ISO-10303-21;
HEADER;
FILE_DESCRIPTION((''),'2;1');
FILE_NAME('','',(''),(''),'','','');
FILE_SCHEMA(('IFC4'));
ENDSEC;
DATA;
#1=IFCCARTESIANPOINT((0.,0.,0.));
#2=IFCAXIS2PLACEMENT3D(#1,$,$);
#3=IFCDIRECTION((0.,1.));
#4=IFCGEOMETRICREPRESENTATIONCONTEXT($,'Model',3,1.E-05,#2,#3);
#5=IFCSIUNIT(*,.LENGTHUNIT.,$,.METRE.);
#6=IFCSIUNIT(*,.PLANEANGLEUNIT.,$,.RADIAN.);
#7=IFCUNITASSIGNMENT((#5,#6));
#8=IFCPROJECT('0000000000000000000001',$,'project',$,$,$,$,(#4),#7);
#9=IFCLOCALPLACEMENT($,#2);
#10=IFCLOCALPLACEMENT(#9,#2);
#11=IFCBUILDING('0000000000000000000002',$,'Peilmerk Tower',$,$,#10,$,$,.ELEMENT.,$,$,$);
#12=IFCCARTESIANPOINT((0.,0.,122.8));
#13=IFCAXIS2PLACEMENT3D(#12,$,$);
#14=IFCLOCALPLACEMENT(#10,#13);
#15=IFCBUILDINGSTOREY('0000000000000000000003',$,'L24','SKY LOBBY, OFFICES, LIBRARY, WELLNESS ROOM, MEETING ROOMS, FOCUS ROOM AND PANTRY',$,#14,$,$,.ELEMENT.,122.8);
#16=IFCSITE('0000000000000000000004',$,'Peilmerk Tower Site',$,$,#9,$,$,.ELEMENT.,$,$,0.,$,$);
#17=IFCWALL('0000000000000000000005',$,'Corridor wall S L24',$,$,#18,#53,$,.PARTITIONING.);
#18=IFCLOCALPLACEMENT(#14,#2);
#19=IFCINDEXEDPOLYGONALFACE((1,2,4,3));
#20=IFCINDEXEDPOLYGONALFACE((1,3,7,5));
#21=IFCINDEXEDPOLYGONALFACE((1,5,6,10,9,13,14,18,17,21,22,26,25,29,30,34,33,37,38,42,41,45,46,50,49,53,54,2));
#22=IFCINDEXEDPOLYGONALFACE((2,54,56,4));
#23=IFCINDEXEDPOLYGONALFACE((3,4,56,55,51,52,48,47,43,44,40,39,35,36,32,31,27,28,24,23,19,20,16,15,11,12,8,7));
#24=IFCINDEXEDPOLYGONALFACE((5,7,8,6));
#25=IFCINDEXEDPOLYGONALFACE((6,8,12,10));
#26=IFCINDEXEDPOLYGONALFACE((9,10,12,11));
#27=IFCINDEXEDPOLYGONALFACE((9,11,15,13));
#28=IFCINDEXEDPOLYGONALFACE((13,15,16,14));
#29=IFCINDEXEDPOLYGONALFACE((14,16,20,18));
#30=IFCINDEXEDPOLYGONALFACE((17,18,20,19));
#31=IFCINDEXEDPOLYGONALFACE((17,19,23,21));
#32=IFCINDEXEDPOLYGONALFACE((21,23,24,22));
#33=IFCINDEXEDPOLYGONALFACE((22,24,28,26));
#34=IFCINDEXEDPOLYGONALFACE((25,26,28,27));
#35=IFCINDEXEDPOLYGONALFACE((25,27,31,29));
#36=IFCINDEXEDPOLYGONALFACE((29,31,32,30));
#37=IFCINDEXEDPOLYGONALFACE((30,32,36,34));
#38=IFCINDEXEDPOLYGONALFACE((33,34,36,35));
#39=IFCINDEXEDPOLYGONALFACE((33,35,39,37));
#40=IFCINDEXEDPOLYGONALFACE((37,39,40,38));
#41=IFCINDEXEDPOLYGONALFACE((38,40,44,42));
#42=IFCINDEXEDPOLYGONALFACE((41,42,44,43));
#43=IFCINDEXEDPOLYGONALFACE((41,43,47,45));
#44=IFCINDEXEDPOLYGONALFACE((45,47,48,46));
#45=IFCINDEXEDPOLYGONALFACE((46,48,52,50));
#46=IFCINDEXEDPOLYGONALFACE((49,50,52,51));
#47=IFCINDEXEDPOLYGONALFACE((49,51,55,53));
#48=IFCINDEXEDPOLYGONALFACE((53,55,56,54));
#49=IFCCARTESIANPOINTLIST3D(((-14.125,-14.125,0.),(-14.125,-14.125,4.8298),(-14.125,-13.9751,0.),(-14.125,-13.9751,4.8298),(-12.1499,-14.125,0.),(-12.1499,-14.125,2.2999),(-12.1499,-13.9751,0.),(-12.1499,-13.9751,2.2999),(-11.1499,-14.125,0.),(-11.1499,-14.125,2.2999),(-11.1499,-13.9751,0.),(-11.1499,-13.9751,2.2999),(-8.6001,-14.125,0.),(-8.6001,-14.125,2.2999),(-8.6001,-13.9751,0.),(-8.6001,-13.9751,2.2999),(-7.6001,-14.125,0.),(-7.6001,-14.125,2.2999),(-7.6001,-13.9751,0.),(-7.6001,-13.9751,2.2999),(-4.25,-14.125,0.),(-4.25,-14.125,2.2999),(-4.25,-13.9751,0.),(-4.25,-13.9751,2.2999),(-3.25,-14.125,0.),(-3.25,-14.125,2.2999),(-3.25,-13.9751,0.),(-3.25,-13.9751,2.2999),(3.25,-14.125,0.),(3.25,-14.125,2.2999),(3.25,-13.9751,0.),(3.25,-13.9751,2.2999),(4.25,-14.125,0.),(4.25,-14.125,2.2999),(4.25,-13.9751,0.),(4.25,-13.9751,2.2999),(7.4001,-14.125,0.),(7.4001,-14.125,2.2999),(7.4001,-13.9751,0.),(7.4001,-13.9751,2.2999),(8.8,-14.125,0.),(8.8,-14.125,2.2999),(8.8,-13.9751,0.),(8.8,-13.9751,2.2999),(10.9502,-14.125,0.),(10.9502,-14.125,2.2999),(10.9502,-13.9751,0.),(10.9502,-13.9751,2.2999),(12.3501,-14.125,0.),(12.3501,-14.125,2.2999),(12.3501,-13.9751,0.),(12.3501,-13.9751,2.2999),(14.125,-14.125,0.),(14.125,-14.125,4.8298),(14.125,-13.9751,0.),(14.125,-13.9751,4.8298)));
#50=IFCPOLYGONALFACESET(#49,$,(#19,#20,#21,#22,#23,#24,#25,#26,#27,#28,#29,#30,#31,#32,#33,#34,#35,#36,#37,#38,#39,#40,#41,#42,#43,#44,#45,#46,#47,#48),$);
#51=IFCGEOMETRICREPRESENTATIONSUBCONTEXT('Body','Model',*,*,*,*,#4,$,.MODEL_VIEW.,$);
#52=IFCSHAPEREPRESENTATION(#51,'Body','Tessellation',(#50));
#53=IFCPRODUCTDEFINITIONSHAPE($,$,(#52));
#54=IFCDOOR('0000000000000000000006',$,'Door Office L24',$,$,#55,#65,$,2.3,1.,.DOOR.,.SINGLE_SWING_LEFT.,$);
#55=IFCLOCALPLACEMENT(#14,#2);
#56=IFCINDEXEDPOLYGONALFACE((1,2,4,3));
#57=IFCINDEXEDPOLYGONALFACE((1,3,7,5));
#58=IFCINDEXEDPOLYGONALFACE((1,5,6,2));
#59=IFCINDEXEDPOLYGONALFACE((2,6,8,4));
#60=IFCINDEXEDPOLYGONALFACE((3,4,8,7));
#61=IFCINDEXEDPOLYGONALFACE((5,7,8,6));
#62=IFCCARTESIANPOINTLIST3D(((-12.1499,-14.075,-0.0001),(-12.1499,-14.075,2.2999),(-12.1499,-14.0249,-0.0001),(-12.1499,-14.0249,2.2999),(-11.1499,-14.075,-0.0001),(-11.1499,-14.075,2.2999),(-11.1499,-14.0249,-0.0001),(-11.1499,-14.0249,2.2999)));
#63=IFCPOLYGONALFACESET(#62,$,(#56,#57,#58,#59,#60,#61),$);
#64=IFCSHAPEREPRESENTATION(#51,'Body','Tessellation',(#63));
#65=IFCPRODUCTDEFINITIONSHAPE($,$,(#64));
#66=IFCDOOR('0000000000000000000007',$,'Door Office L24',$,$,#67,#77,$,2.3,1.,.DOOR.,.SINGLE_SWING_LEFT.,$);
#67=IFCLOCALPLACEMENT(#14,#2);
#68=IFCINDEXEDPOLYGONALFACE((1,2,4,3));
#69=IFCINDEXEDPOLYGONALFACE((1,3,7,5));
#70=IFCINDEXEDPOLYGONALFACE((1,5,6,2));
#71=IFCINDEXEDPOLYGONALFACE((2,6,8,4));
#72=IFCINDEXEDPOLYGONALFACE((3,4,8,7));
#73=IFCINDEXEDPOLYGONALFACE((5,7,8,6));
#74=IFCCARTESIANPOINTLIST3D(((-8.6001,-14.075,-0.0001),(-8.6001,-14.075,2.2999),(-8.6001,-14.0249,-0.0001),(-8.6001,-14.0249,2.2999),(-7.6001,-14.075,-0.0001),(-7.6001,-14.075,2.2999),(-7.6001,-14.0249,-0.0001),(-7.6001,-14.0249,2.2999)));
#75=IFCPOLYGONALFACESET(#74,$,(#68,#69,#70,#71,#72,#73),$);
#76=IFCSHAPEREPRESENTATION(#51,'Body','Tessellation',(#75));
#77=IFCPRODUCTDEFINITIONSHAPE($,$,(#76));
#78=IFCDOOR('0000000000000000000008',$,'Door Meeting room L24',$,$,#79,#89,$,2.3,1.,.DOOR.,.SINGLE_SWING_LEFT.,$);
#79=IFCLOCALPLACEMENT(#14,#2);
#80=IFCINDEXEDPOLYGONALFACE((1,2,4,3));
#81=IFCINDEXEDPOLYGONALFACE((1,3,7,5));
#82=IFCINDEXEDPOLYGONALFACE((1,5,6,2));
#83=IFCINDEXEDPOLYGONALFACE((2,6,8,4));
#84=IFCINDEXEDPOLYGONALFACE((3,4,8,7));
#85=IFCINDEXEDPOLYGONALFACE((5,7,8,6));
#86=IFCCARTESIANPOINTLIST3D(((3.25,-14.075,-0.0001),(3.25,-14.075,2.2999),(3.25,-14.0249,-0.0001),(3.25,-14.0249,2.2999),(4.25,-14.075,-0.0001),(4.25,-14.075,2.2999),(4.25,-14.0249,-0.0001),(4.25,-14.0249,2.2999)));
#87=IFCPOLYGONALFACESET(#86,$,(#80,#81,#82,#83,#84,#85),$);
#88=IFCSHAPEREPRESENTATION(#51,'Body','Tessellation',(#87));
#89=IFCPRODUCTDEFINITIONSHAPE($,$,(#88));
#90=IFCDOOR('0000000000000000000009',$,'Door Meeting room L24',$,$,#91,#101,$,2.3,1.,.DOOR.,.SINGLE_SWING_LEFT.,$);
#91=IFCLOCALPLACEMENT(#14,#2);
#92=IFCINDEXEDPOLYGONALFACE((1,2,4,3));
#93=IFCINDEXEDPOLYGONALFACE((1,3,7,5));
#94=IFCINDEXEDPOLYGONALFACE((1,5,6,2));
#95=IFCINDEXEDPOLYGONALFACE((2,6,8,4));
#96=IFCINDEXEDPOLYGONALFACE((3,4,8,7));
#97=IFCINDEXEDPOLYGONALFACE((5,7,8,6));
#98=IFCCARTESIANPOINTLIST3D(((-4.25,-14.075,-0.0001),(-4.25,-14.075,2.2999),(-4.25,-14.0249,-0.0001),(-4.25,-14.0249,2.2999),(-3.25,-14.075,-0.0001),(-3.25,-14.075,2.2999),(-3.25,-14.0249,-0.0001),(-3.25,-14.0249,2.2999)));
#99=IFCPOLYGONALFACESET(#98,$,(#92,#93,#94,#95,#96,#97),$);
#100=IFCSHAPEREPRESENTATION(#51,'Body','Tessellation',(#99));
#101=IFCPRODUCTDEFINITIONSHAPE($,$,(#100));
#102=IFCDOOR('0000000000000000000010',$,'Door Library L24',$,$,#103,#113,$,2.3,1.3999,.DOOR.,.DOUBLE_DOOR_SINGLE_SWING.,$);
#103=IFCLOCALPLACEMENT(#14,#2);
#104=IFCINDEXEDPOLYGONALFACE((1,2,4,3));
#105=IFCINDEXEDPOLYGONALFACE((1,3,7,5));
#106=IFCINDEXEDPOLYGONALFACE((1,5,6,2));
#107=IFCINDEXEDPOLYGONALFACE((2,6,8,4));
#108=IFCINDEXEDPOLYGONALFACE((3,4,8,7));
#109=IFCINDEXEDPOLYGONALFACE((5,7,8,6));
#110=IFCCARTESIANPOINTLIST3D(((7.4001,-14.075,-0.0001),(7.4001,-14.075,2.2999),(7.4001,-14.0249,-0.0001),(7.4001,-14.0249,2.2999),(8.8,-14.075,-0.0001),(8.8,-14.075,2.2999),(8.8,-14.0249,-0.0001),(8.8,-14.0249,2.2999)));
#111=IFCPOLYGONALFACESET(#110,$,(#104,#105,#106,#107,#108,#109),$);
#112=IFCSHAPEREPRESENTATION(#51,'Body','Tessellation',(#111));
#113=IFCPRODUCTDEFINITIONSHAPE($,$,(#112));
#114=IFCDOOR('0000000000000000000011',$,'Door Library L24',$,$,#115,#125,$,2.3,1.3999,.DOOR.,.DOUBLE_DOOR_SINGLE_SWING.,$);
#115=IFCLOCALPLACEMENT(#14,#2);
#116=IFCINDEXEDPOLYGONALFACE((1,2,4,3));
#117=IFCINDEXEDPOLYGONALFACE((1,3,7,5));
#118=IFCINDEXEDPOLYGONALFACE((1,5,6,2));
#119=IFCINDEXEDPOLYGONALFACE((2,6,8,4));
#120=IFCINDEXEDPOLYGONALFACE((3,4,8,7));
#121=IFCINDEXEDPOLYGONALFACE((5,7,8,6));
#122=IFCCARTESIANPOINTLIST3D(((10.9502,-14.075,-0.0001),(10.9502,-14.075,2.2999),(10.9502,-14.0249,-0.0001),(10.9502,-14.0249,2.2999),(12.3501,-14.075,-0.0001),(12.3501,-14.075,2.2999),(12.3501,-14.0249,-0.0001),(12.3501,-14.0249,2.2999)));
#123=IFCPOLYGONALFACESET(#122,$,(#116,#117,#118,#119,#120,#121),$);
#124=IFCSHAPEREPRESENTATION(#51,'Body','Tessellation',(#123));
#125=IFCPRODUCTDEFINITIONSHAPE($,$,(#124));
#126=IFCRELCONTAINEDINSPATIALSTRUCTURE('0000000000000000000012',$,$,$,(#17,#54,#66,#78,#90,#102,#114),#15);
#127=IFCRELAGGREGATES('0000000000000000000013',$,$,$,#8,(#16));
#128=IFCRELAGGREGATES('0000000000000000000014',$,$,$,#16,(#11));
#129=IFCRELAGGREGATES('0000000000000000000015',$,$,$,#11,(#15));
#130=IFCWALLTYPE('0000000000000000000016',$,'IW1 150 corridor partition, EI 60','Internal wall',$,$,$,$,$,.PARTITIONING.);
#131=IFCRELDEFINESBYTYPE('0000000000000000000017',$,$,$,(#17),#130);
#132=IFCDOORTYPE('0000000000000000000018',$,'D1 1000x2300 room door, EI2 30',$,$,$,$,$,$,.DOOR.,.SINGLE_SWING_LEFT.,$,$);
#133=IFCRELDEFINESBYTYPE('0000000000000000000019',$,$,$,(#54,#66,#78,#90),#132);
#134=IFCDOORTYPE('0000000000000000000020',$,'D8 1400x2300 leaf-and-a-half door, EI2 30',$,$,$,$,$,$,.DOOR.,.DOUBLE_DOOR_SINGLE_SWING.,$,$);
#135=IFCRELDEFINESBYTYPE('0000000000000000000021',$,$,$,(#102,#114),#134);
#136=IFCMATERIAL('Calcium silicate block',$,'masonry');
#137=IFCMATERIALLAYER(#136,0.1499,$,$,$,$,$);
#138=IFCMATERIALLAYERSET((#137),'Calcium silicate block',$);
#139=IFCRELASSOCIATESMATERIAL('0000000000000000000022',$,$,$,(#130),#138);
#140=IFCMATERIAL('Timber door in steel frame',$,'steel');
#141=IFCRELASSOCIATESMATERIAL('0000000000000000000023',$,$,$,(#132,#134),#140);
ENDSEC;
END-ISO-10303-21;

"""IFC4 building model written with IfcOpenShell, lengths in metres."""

from ifc_helpers import new_model, si_unit, direction, frame, frame_2d, origin, place, context, subcontext, project, spatial, rectangle, extrude, material, layer, layer_set, type_object, element, fill, save


model = new_model("IFC4")

# Units and contexts
model_context = context("Model", 3, precision=1e-05, world=origin(), true_north=direction((0.0, 1.0)))
body_context = subcontext(model_context, "Body", "Model", "MODEL_VIEW")
ifc_project = project(units=[si_unit("LENGTHUNIT", "METRE"), si_unit("PLANEANGLEUNIT", "RADIAN")], contexts=[model_context])

# Site, building, storey
site_placement = place(None, origin())
site = spatial("IfcSite", under=ifc_project, at=site_placement, Name="Peilmerk Tower Site", CompositionType="ELEMENT", RefElevation=0.0)
building_placement = place(site_placement, origin())
building = spatial("IfcBuilding", under=site, at=building_placement, Name="Peilmerk Tower", CompositionType="ELEMENT")
storey_placement = place(building_placement, frame((0.0, 0.0, 122.8)))
storey = spatial("IfcBuildingStorey", under=building, at=storey_placement, Name="L24", Description="SKY LOBBY, OFFICES, LIBRARY, WELLNESS ROOM, MEETING ROOMS, FOCUS ROOM AND PANTRY", CompositionType="ELEMENT", Elevation=122.8)

# Wall, openings, doors
ifc_material_1 = material(Name="Calcium silicate block", Category="masonry")
ifc_layer_1 = layer(ifc_material_1, 0.1499)
ifc_layer_set_1 = layer_set([ifc_layer_1], Name="Calcium silicate block")
wall_type_1 = type_object("IfcWallType", Name="IW1 150 corridor partition, EI 60", Description="Internal wall", PredefinedType="PARTITIONING", material=ifc_layer_set_1)
wall_1_placement = place(storey_placement, frame((14.125, -14.05, 0.0), z_axis=(0.0, 0.0, 1.0), x_axis=(-1.0, 0.0, 0.0)))
wall_1 = element("IfcWall", 1, at=wall_1_placement, inside=storey, type_object=wall_type_1, Name="Corridor wall S L24", PredefinedType="PARTITIONING", context=body_context, shape_type="SweptSolid", body=[
    extrude(rectangle(XDim=28.25, YDim=0.1499, at=frame_2d((14.125, 0.0))), origin(), (0.0, 0.0, 1.0), 4.8298),
])
opening_1_placement = place(wall_1_placement, frame((25.2749, 0.0, 0.0)))
opening_1 = element("IfcOpeningElement", 2, at=opening_1_placement, cuts=wall_1, PredefinedType="OPENING", context=body_context, shape_type="SweptSolid", body=[
    extrude(rectangle(XDim=1.0, YDim=2.3, at=frame_2d((0.5, 1.1499))), frame((0.0, 0.085, 0.0), z_axis=(0.0, -1.0, 0.0), x_axis=(1.0, 0.0, 0.0)), (0.0, 0.0, 1.0), 0.1699),
])
opening_2_placement = place(wall_1_placement, frame((21.7251, 0.0, 0.0)))
opening_2 = element("IfcOpeningElement", 3, at=opening_2_placement, cuts=wall_1, PredefinedType="OPENING", context=body_context, shape_type="SweptSolid", body=[
    extrude(rectangle(XDim=1.0, YDim=2.3, at=frame_2d((0.5, 1.1499))), frame((0.0, 0.085, 0.0), z_axis=(0.0, -1.0, 0.0), x_axis=(1.0, 0.0, 0.0)), (0.0, 0.0, 1.0), 0.1699),
])
opening_3_placement = place(wall_1_placement, frame((5.325, 0.0, 0.0)))
opening_3 = element("IfcOpeningElement", 4, at=opening_3_placement, cuts=wall_1, PredefinedType="OPENING", context=body_context, shape_type="SweptSolid", body=[
    extrude(rectangle(XDim=1.3999, YDim=2.3, at=frame_2d((0.7, 1.1499))), frame((0.0, 0.085, 0.0), z_axis=(0.0, -1.0, 0.0), x_axis=(1.0, 0.0, 0.0)), (0.0, 0.0, 1.0), 0.1699),
])
opening_4_placement = place(wall_1_placement, frame((1.7749, 0.0, 0.0)))
opening_4 = element("IfcOpeningElement", 5, at=opening_4_placement, cuts=wall_1, PredefinedType="OPENING", context=body_context, shape_type="SweptSolid", body=[
    extrude(rectangle(XDim=1.3999, YDim=2.3, at=frame_2d((0.7, 1.1499))), frame((0.0, 0.085, 0.0), z_axis=(0.0, -1.0, 0.0), x_axis=(1.0, 0.0, 0.0)), (0.0, 0.0, 1.0), 0.1699),
])
opening_5_placement = place(wall_1_placement, frame((9.875, 0.0, 0.0)))
opening_5 = element("IfcOpeningElement", 6, at=opening_5_placement, cuts=wall_1, PredefinedType="OPENING", context=body_context, shape_type="SweptSolid", body=[
    extrude(rectangle(XDim=1.0, YDim=2.3, at=frame_2d((0.5, 1.1499))), frame((0.0, 0.085, 0.0), z_axis=(0.0, -1.0, 0.0), x_axis=(1.0, 0.0, 0.0)), (0.0, 0.0, 1.0), 0.1699),
])
opening_6_placement = place(wall_1_placement, frame((17.375, 0.0, 0.0)))
opening_6 = element("IfcOpeningElement", 7, at=opening_6_placement, cuts=wall_1, PredefinedType="OPENING", context=body_context, shape_type="SweptSolid", body=[
    extrude(rectangle(XDim=1.0, YDim=2.3, at=frame_2d((0.5, 1.1499))), frame((0.0, 0.085, 0.0), z_axis=(0.0, -1.0, 0.0), x_axis=(1.0, 0.0, 0.0)), (0.0, 0.0, 1.0), 0.1699),
])
ifc_material_2 = material(Name="Timber door in steel frame", Category="steel")
door_type_1 = type_object("IfcDoorType", Name="D1 1000x2300 room door, EI2 30", OperationType="SINGLE_SWING_LEFT", PredefinedType="DOOR", material=ifc_material_2)
door_1_placement = place(opening_1_placement, origin())
door_1 = element("IfcDoor", 8, at=door_1_placement, inside=storey, type_object=door_type_1, Name="Door Office L24", OperationType="SINGLE_SWING_LEFT", OverallHeight=2.3, OverallWidth=1.0, PredefinedType="DOOR", context=body_context, shape_type="SweptSolid", body=[
    extrude(rectangle(XDim=1.0, YDim=2.3, at=frame_2d((0.5, 1.1499))), frame((0.0, 0.0249, 0.0), z_axis=(0.0, -1.0, 0.0), x_axis=(1.0, 0.0, 0.0)), (0.0, 0.0, 1.0), 0.05),
])
fill(opening_1, door_1)
door_2_placement = place(opening_2_placement, origin())
door_2 = element("IfcDoor", 9, at=door_2_placement, inside=storey, type_object=door_type_1, Name="Door Office L24", OperationType="SINGLE_SWING_LEFT", OverallHeight=2.3, OverallWidth=1.0, PredefinedType="DOOR", context=body_context, shape_type="SweptSolid", body=[
    extrude(rectangle(XDim=1.0, YDim=2.3, at=frame_2d((0.5, 1.1499))), frame((0.0, 0.0249, 0.0), z_axis=(0.0, -1.0, 0.0), x_axis=(1.0, 0.0, 0.0)), (0.0, 0.0, 1.0), 0.05),
])
fill(opening_2, door_2)
door_3_placement = place(opening_5_placement, origin())
door_3 = element("IfcDoor", 10, at=door_3_placement, inside=storey, type_object=door_type_1, Name="Door Meeting room L24", OperationType="SINGLE_SWING_LEFT", OverallHeight=2.3, OverallWidth=1.0, PredefinedType="DOOR", context=body_context, shape_type="SweptSolid", body=[
    extrude(rectangle(XDim=1.0, YDim=2.3, at=frame_2d((0.5, 1.1499))), frame((0.0, 0.0249, 0.0), z_axis=(0.0, -1.0, 0.0), x_axis=(1.0, 0.0, 0.0)), (0.0, 0.0, 1.0), 0.05),
])
fill(opening_5, door_3)
door_4_placement = place(opening_6_placement, origin())
door_4 = element("IfcDoor", 11, at=door_4_placement, inside=storey, type_object=door_type_1, Name="Door Meeting room L24", OperationType="SINGLE_SWING_LEFT", OverallHeight=2.3, OverallWidth=1.0, PredefinedType="DOOR", context=body_context, shape_type="SweptSolid", body=[
    extrude(rectangle(XDim=1.0, YDim=2.3, at=frame_2d((0.5, 1.1499))), frame((0.0, 0.0249, 0.0), z_axis=(0.0, -1.0, 0.0), x_axis=(1.0, 0.0, 0.0)), (0.0, 0.0, 1.0), 0.05),
])
fill(opening_6, door_4)
door_type_2 = type_object("IfcDoorType", Name="D8 1400x2300 leaf-and-a-half door, EI2 30", OperationType="DOUBLE_DOOR_SINGLE_SWING", PredefinedType="DOOR", material=ifc_material_2)
door_5_placement = place(opening_3_placement, origin())
door_5 = element("IfcDoor", 12, at=door_5_placement, inside=storey, type_object=door_type_2, Name="Door Library L24", OperationType="DOUBLE_DOOR_SINGLE_SWING", OverallHeight=2.3, OverallWidth=1.3999, PredefinedType="DOOR", context=body_context, shape_type="SweptSolid", body=[
    extrude(rectangle(XDim=1.3999, YDim=2.3, at=frame_2d((0.7, 1.1499))), frame((0.0, 0.0249, 0.0), z_axis=(0.0, -1.0, 0.0), x_axis=(1.0, 0.0, 0.0)), (0.0, 0.0, 1.0), 0.05),
])
fill(opening_3, door_5)
door_6_placement = place(opening_4_placement, origin())
door_6 = element("IfcDoor", 13, at=door_6_placement, inside=storey, type_object=door_type_2, Name="Door Library L24", OperationType="DOUBLE_DOOR_SINGLE_SWING", OverallHeight=2.3, OverallWidth=1.3999, PredefinedType="DOOR", context=body_context, shape_type="SweptSolid", body=[
    extrude(rectangle(XDim=1.3999, YDim=2.3, at=frame_2d((0.7, 1.1499))), frame((0.0, 0.0249, 0.0), z_axis=(0.0, -1.0, 0.0), x_axis=(1.0, 0.0, 0.0)), (0.0, 0.0, 1.0), 0.05),
])
fill(opening_4, door_6)

save(model, "model.ifc")
